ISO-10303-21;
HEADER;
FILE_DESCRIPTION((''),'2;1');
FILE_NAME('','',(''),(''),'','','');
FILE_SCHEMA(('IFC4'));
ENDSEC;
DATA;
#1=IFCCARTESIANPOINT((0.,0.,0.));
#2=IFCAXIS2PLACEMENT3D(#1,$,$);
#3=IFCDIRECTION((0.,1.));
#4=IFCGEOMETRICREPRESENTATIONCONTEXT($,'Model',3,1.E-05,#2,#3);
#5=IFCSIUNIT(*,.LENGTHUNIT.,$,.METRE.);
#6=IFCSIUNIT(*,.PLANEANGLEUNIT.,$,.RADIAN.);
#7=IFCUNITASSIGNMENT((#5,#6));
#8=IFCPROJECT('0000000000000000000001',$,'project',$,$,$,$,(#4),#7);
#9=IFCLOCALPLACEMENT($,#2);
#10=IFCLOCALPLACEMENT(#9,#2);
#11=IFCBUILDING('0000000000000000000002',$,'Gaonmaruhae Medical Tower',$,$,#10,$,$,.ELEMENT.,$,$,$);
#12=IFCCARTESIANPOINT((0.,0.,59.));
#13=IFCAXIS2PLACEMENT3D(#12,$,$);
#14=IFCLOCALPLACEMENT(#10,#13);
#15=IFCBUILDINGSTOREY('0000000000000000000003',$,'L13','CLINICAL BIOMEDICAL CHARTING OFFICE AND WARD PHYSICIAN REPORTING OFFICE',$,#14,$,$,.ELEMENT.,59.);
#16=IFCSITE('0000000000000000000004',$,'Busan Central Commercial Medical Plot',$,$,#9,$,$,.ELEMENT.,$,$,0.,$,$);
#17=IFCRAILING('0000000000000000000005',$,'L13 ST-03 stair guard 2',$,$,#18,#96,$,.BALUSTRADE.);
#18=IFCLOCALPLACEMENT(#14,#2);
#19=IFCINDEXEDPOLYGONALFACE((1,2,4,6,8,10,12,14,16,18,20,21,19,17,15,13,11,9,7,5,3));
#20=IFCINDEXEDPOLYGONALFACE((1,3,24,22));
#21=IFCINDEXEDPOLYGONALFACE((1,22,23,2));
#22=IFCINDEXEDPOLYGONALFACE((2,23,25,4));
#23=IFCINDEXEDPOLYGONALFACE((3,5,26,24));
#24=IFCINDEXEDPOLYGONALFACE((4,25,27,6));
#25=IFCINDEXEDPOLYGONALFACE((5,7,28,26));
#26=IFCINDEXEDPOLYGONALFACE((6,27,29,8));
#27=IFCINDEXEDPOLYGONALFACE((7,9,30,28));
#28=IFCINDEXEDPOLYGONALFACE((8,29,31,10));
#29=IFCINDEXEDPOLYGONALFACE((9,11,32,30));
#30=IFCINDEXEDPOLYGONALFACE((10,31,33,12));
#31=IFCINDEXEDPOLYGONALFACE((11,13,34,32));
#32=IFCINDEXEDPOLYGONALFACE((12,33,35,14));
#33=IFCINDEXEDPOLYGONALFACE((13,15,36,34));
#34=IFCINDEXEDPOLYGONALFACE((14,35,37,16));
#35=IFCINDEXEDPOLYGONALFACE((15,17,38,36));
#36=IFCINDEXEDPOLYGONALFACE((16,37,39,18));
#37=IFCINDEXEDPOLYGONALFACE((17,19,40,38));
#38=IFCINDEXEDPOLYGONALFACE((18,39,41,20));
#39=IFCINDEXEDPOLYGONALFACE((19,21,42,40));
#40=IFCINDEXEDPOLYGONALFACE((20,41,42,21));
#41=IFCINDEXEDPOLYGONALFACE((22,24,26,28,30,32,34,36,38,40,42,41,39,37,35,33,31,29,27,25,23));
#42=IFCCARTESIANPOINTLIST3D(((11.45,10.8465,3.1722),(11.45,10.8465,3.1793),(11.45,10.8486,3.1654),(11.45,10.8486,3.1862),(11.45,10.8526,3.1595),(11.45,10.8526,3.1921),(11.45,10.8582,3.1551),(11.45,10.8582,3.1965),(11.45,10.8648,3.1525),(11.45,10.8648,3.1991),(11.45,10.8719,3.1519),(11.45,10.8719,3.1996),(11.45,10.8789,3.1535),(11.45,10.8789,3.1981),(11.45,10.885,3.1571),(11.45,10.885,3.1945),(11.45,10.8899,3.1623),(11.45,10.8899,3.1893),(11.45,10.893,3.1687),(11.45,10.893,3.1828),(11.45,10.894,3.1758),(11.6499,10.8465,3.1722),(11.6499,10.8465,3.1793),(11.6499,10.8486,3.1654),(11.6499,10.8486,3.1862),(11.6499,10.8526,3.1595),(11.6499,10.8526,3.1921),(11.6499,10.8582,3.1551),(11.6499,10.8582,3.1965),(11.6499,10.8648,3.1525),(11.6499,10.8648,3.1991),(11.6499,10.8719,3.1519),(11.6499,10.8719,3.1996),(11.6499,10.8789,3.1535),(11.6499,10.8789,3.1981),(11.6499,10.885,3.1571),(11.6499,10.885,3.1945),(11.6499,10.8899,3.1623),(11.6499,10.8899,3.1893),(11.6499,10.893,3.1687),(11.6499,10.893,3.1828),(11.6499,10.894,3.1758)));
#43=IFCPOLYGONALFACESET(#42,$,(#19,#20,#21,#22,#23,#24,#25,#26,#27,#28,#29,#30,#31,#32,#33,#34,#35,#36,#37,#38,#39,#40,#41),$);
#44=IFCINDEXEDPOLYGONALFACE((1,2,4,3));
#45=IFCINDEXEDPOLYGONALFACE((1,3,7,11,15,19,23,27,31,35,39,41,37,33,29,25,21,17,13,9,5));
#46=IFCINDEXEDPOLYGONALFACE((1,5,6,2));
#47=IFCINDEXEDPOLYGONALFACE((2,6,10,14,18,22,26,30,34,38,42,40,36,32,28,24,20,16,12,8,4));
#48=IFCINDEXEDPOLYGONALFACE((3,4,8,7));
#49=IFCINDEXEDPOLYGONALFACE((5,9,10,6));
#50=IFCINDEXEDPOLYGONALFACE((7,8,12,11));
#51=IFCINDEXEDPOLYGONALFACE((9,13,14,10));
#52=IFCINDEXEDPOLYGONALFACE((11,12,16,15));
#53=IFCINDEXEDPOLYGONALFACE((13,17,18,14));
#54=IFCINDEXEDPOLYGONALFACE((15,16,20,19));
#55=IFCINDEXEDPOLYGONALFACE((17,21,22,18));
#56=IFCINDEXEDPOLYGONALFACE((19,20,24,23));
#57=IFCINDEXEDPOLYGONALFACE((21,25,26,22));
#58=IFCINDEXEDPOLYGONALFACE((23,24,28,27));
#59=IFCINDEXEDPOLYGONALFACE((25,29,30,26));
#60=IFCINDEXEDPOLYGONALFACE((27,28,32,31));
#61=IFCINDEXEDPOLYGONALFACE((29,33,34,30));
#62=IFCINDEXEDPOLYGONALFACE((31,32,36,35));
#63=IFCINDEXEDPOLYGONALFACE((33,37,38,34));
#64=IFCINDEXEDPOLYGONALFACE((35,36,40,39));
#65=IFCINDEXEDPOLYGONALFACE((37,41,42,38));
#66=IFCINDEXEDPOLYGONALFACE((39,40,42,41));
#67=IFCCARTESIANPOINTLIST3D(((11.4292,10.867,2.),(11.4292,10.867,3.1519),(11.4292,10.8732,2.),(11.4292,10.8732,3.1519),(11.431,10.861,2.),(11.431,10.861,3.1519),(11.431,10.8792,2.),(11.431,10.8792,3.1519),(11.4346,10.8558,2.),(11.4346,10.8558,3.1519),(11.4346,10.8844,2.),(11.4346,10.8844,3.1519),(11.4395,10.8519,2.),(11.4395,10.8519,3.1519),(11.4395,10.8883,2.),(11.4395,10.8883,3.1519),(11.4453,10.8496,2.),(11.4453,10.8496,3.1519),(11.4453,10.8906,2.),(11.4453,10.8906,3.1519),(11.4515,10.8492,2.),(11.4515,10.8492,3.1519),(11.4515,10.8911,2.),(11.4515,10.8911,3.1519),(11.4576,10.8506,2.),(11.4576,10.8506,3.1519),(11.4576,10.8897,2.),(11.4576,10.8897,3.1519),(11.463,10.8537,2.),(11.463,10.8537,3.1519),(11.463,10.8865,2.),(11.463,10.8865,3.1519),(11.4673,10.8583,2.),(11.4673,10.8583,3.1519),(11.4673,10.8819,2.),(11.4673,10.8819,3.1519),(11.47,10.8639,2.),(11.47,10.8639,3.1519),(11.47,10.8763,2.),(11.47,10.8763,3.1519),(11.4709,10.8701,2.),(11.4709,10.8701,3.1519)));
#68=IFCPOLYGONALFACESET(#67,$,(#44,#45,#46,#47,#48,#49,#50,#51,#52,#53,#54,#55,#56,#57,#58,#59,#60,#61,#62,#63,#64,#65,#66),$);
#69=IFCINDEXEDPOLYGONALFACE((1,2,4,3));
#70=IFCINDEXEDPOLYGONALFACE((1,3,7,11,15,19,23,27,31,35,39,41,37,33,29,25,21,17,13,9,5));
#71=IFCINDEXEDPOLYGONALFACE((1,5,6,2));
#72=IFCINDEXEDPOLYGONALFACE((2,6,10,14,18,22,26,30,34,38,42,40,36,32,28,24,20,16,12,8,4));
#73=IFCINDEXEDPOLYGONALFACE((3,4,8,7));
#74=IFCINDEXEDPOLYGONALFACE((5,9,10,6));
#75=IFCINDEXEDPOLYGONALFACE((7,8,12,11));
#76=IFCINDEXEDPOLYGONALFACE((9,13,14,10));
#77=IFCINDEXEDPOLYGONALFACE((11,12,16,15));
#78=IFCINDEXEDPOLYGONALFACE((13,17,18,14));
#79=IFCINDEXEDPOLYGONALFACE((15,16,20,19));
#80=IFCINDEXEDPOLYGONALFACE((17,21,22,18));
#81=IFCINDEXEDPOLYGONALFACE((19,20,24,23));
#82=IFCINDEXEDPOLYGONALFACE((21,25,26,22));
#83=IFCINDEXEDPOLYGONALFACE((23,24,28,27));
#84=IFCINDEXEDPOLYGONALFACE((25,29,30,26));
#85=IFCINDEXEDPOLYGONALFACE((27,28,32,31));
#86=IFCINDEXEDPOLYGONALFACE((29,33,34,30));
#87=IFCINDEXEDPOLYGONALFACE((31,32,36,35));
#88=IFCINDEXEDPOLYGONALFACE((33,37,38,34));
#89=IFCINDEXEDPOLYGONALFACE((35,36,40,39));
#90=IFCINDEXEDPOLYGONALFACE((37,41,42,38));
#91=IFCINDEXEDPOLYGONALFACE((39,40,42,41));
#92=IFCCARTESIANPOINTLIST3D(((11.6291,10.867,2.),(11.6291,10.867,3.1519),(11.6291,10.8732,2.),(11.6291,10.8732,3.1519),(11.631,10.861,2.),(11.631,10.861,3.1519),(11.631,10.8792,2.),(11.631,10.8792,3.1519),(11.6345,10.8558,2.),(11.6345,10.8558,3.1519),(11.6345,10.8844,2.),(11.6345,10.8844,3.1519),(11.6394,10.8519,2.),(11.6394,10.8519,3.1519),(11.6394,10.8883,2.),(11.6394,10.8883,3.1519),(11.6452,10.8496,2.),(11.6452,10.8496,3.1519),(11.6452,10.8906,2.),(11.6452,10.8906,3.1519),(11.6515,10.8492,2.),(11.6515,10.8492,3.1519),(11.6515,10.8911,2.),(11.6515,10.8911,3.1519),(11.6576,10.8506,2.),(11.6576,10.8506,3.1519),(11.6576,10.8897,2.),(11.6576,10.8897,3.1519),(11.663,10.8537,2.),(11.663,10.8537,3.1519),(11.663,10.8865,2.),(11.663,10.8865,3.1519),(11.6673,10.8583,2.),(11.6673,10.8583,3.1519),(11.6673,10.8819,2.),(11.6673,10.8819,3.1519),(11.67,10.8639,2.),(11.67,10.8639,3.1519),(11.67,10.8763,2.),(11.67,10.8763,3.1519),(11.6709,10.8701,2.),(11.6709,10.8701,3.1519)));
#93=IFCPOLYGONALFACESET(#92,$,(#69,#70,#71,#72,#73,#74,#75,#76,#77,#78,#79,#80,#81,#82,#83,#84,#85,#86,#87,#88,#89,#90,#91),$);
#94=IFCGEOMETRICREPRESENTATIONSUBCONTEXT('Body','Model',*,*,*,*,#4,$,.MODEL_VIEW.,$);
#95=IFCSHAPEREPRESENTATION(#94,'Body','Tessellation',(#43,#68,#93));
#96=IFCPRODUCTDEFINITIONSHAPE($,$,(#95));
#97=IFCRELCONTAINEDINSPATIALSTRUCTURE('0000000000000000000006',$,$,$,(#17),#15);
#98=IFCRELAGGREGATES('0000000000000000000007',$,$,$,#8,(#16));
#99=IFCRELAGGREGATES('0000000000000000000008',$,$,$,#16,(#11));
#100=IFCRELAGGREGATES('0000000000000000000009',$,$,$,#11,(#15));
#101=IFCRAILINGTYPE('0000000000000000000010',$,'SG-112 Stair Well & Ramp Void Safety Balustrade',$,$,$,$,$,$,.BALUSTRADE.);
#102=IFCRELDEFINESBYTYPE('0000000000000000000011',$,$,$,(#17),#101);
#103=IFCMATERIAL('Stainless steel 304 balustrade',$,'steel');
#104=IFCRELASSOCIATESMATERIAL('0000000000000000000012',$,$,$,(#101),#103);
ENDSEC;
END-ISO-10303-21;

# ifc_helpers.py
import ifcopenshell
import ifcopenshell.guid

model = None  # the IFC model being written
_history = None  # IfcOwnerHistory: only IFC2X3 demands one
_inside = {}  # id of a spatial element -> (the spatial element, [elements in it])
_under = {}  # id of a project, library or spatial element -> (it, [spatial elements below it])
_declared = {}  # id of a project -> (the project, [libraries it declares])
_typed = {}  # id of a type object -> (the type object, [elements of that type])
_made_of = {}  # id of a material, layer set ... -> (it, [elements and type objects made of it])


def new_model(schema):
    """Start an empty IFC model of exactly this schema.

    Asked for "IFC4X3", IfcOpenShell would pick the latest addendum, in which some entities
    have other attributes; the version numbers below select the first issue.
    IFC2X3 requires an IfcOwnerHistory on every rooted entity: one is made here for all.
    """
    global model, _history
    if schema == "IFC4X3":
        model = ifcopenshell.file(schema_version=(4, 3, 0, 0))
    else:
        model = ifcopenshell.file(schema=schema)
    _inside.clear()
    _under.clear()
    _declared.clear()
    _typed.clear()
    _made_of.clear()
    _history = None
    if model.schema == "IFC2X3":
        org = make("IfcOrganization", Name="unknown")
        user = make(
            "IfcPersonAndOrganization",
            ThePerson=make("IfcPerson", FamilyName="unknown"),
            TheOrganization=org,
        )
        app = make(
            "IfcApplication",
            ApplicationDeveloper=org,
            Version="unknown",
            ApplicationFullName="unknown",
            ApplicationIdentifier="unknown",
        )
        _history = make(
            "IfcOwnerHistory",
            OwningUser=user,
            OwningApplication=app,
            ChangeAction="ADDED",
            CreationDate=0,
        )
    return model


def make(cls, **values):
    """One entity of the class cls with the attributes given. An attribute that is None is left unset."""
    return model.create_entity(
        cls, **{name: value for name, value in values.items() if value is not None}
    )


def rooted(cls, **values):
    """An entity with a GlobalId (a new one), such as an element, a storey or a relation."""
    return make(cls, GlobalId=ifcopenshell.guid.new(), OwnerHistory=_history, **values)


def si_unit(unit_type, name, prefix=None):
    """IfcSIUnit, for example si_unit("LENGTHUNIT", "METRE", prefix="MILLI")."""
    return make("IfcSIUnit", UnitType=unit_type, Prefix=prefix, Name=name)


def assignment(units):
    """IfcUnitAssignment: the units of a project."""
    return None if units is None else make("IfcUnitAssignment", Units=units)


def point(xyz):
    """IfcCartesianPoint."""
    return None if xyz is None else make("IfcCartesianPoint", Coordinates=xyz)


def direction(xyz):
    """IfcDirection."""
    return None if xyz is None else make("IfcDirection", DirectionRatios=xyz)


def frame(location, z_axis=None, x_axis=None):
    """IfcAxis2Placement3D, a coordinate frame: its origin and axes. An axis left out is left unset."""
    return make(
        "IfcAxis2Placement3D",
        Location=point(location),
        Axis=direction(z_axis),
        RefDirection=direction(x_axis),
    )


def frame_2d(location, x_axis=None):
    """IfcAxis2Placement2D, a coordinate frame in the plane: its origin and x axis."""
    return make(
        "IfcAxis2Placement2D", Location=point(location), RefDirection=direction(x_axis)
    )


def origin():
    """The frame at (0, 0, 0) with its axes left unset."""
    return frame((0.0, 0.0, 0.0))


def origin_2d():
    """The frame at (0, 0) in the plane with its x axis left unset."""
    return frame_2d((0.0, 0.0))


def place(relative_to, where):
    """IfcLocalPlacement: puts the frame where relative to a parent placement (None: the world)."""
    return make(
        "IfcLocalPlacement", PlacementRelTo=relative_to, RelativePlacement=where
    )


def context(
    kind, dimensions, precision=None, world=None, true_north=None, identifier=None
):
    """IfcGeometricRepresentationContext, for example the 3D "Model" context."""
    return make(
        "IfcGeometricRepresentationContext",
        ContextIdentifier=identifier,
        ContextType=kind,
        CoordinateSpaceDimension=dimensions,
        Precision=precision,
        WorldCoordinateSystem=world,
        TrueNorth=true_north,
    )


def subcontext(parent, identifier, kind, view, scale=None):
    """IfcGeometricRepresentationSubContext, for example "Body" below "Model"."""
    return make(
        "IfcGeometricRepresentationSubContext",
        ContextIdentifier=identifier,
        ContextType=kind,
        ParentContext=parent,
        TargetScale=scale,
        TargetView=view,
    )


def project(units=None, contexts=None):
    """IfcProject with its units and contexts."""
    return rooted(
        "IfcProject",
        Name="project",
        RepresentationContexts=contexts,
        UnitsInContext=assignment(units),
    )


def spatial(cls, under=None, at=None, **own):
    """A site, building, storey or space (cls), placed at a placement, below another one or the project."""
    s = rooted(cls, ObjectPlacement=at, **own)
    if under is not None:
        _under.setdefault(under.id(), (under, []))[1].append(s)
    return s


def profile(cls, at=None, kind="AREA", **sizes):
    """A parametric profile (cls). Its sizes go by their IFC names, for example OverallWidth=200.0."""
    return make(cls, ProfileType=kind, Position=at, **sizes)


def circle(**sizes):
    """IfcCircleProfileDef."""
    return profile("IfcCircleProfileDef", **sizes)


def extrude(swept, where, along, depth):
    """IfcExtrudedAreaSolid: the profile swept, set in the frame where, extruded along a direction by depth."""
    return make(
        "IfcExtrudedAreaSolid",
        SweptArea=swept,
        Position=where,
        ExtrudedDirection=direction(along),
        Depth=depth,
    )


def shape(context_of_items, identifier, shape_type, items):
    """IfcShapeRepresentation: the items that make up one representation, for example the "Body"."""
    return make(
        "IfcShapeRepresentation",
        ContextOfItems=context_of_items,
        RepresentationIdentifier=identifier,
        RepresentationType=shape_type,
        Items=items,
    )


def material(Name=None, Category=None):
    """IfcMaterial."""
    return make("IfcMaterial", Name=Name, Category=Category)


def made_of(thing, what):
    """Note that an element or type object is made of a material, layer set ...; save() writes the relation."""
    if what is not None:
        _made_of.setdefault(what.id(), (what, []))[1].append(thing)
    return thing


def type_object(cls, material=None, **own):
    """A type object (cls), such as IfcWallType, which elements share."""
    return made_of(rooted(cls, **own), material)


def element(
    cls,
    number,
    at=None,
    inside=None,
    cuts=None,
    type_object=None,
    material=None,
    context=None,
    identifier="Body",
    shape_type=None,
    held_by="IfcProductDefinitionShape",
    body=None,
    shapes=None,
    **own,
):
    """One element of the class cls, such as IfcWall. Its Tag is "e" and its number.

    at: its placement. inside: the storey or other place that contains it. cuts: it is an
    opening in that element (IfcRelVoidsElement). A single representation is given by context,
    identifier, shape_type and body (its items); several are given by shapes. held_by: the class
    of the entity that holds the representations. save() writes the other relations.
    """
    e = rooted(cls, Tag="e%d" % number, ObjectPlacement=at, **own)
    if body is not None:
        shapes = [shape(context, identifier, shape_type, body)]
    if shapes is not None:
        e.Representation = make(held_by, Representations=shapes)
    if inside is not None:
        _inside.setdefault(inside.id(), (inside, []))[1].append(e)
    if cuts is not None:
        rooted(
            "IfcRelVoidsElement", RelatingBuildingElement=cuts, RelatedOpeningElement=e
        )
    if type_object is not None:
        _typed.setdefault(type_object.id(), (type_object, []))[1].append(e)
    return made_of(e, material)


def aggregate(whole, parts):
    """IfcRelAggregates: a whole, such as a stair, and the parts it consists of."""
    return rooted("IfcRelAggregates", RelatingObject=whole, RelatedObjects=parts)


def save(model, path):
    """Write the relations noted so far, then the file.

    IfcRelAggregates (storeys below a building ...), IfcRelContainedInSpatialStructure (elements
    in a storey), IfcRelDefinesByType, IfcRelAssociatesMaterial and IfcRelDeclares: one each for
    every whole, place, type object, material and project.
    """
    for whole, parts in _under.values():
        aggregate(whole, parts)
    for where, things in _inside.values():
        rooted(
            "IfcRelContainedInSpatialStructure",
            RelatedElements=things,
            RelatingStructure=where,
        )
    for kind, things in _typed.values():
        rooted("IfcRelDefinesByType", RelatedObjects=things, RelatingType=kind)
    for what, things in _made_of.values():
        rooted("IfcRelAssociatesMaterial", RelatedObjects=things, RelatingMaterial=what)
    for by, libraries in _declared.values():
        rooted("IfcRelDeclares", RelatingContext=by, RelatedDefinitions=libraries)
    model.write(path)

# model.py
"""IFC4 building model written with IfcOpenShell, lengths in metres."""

from ifc_helpers import new_model, si_unit, direction, frame, origin, origin_2d, place, context, subcontext, project, spatial, circle, extrude, material, type_object, element, save


model = new_model("IFC4")

# Units and contexts
model_context = context("Model", 3, precision=1e-05, world=origin(), true_north=direction((0.0, 1.0)))
body_context = subcontext(model_context, "Body", "Model", "MODEL_VIEW")
ifc_project = project(units=[si_unit("LENGTHUNIT", "METRE"), si_unit("PLANEANGLEUNIT", "RADIAN")], contexts=[model_context])

# Site, building, storey
site_placement = place(None, origin())
site = spatial("IfcSite", under=ifc_project, at=site_placement, Name="Busan Central Commercial Medical Plot", CompositionType="ELEMENT", RefElevation=0.0)
building_placement = place(site_placement, origin())
building = spatial("IfcBuilding", under=site, at=building_placement, Name="Gaonmaruhae Medical Tower", CompositionType="ELEMENT")
storey_placement = place(building_placement, frame((0.0, 0.0, 59.0)))
storey = spatial("IfcBuildingStorey", under=building, at=storey_placement, Name="L13", Description="CLINICAL BIOMEDICAL CHARTING OFFICE AND WARD PHYSICIAN REPORTING OFFICE", CompositionType="ELEMENT", Elevation=59.0)

# Railing
ifc_material_1 = material(Name="Stainless steel 304 balustrade", Category="steel")
railing_type_1 = type_object("IfcRailingType", Name="SG-112 Stair Well & Ramp Void Safety Balustrade", PredefinedType="BALUSTRADE", material=ifc_material_1)
railing_1_placement = place(storey_placement, frame((11.45, 10.8701, 2.0)))
element("IfcRailing", 1, at=railing_1_placement, inside=storey, type_object=railing_type_1, Name="L13 ST-03 stair guard 2", PredefinedType="BALUSTRADE", context=body_context, shape_type="SweptSolid", body=[
    extrude(circle(Radius=0.0239, at=origin_2d()), frame((0.0, 0.0, 1.1758), z_axis=(1.0, 0.0, 0.0), x_axis=(0.0, 1.0, 0.0)), (0.0, 0.0, 1.0), 0.2),
    extrude(circle(Radius=0.021, at=origin_2d()), origin(), (0.0, 0.0, 1.0), 1.1519),
    extrude(circle(Radius=0.021, at=origin_2d()), frame((0.2, 0.0, 0.0)), (0.0, 0.0, 1.0), 1.1519),
])

save(model, "model.ifc")
